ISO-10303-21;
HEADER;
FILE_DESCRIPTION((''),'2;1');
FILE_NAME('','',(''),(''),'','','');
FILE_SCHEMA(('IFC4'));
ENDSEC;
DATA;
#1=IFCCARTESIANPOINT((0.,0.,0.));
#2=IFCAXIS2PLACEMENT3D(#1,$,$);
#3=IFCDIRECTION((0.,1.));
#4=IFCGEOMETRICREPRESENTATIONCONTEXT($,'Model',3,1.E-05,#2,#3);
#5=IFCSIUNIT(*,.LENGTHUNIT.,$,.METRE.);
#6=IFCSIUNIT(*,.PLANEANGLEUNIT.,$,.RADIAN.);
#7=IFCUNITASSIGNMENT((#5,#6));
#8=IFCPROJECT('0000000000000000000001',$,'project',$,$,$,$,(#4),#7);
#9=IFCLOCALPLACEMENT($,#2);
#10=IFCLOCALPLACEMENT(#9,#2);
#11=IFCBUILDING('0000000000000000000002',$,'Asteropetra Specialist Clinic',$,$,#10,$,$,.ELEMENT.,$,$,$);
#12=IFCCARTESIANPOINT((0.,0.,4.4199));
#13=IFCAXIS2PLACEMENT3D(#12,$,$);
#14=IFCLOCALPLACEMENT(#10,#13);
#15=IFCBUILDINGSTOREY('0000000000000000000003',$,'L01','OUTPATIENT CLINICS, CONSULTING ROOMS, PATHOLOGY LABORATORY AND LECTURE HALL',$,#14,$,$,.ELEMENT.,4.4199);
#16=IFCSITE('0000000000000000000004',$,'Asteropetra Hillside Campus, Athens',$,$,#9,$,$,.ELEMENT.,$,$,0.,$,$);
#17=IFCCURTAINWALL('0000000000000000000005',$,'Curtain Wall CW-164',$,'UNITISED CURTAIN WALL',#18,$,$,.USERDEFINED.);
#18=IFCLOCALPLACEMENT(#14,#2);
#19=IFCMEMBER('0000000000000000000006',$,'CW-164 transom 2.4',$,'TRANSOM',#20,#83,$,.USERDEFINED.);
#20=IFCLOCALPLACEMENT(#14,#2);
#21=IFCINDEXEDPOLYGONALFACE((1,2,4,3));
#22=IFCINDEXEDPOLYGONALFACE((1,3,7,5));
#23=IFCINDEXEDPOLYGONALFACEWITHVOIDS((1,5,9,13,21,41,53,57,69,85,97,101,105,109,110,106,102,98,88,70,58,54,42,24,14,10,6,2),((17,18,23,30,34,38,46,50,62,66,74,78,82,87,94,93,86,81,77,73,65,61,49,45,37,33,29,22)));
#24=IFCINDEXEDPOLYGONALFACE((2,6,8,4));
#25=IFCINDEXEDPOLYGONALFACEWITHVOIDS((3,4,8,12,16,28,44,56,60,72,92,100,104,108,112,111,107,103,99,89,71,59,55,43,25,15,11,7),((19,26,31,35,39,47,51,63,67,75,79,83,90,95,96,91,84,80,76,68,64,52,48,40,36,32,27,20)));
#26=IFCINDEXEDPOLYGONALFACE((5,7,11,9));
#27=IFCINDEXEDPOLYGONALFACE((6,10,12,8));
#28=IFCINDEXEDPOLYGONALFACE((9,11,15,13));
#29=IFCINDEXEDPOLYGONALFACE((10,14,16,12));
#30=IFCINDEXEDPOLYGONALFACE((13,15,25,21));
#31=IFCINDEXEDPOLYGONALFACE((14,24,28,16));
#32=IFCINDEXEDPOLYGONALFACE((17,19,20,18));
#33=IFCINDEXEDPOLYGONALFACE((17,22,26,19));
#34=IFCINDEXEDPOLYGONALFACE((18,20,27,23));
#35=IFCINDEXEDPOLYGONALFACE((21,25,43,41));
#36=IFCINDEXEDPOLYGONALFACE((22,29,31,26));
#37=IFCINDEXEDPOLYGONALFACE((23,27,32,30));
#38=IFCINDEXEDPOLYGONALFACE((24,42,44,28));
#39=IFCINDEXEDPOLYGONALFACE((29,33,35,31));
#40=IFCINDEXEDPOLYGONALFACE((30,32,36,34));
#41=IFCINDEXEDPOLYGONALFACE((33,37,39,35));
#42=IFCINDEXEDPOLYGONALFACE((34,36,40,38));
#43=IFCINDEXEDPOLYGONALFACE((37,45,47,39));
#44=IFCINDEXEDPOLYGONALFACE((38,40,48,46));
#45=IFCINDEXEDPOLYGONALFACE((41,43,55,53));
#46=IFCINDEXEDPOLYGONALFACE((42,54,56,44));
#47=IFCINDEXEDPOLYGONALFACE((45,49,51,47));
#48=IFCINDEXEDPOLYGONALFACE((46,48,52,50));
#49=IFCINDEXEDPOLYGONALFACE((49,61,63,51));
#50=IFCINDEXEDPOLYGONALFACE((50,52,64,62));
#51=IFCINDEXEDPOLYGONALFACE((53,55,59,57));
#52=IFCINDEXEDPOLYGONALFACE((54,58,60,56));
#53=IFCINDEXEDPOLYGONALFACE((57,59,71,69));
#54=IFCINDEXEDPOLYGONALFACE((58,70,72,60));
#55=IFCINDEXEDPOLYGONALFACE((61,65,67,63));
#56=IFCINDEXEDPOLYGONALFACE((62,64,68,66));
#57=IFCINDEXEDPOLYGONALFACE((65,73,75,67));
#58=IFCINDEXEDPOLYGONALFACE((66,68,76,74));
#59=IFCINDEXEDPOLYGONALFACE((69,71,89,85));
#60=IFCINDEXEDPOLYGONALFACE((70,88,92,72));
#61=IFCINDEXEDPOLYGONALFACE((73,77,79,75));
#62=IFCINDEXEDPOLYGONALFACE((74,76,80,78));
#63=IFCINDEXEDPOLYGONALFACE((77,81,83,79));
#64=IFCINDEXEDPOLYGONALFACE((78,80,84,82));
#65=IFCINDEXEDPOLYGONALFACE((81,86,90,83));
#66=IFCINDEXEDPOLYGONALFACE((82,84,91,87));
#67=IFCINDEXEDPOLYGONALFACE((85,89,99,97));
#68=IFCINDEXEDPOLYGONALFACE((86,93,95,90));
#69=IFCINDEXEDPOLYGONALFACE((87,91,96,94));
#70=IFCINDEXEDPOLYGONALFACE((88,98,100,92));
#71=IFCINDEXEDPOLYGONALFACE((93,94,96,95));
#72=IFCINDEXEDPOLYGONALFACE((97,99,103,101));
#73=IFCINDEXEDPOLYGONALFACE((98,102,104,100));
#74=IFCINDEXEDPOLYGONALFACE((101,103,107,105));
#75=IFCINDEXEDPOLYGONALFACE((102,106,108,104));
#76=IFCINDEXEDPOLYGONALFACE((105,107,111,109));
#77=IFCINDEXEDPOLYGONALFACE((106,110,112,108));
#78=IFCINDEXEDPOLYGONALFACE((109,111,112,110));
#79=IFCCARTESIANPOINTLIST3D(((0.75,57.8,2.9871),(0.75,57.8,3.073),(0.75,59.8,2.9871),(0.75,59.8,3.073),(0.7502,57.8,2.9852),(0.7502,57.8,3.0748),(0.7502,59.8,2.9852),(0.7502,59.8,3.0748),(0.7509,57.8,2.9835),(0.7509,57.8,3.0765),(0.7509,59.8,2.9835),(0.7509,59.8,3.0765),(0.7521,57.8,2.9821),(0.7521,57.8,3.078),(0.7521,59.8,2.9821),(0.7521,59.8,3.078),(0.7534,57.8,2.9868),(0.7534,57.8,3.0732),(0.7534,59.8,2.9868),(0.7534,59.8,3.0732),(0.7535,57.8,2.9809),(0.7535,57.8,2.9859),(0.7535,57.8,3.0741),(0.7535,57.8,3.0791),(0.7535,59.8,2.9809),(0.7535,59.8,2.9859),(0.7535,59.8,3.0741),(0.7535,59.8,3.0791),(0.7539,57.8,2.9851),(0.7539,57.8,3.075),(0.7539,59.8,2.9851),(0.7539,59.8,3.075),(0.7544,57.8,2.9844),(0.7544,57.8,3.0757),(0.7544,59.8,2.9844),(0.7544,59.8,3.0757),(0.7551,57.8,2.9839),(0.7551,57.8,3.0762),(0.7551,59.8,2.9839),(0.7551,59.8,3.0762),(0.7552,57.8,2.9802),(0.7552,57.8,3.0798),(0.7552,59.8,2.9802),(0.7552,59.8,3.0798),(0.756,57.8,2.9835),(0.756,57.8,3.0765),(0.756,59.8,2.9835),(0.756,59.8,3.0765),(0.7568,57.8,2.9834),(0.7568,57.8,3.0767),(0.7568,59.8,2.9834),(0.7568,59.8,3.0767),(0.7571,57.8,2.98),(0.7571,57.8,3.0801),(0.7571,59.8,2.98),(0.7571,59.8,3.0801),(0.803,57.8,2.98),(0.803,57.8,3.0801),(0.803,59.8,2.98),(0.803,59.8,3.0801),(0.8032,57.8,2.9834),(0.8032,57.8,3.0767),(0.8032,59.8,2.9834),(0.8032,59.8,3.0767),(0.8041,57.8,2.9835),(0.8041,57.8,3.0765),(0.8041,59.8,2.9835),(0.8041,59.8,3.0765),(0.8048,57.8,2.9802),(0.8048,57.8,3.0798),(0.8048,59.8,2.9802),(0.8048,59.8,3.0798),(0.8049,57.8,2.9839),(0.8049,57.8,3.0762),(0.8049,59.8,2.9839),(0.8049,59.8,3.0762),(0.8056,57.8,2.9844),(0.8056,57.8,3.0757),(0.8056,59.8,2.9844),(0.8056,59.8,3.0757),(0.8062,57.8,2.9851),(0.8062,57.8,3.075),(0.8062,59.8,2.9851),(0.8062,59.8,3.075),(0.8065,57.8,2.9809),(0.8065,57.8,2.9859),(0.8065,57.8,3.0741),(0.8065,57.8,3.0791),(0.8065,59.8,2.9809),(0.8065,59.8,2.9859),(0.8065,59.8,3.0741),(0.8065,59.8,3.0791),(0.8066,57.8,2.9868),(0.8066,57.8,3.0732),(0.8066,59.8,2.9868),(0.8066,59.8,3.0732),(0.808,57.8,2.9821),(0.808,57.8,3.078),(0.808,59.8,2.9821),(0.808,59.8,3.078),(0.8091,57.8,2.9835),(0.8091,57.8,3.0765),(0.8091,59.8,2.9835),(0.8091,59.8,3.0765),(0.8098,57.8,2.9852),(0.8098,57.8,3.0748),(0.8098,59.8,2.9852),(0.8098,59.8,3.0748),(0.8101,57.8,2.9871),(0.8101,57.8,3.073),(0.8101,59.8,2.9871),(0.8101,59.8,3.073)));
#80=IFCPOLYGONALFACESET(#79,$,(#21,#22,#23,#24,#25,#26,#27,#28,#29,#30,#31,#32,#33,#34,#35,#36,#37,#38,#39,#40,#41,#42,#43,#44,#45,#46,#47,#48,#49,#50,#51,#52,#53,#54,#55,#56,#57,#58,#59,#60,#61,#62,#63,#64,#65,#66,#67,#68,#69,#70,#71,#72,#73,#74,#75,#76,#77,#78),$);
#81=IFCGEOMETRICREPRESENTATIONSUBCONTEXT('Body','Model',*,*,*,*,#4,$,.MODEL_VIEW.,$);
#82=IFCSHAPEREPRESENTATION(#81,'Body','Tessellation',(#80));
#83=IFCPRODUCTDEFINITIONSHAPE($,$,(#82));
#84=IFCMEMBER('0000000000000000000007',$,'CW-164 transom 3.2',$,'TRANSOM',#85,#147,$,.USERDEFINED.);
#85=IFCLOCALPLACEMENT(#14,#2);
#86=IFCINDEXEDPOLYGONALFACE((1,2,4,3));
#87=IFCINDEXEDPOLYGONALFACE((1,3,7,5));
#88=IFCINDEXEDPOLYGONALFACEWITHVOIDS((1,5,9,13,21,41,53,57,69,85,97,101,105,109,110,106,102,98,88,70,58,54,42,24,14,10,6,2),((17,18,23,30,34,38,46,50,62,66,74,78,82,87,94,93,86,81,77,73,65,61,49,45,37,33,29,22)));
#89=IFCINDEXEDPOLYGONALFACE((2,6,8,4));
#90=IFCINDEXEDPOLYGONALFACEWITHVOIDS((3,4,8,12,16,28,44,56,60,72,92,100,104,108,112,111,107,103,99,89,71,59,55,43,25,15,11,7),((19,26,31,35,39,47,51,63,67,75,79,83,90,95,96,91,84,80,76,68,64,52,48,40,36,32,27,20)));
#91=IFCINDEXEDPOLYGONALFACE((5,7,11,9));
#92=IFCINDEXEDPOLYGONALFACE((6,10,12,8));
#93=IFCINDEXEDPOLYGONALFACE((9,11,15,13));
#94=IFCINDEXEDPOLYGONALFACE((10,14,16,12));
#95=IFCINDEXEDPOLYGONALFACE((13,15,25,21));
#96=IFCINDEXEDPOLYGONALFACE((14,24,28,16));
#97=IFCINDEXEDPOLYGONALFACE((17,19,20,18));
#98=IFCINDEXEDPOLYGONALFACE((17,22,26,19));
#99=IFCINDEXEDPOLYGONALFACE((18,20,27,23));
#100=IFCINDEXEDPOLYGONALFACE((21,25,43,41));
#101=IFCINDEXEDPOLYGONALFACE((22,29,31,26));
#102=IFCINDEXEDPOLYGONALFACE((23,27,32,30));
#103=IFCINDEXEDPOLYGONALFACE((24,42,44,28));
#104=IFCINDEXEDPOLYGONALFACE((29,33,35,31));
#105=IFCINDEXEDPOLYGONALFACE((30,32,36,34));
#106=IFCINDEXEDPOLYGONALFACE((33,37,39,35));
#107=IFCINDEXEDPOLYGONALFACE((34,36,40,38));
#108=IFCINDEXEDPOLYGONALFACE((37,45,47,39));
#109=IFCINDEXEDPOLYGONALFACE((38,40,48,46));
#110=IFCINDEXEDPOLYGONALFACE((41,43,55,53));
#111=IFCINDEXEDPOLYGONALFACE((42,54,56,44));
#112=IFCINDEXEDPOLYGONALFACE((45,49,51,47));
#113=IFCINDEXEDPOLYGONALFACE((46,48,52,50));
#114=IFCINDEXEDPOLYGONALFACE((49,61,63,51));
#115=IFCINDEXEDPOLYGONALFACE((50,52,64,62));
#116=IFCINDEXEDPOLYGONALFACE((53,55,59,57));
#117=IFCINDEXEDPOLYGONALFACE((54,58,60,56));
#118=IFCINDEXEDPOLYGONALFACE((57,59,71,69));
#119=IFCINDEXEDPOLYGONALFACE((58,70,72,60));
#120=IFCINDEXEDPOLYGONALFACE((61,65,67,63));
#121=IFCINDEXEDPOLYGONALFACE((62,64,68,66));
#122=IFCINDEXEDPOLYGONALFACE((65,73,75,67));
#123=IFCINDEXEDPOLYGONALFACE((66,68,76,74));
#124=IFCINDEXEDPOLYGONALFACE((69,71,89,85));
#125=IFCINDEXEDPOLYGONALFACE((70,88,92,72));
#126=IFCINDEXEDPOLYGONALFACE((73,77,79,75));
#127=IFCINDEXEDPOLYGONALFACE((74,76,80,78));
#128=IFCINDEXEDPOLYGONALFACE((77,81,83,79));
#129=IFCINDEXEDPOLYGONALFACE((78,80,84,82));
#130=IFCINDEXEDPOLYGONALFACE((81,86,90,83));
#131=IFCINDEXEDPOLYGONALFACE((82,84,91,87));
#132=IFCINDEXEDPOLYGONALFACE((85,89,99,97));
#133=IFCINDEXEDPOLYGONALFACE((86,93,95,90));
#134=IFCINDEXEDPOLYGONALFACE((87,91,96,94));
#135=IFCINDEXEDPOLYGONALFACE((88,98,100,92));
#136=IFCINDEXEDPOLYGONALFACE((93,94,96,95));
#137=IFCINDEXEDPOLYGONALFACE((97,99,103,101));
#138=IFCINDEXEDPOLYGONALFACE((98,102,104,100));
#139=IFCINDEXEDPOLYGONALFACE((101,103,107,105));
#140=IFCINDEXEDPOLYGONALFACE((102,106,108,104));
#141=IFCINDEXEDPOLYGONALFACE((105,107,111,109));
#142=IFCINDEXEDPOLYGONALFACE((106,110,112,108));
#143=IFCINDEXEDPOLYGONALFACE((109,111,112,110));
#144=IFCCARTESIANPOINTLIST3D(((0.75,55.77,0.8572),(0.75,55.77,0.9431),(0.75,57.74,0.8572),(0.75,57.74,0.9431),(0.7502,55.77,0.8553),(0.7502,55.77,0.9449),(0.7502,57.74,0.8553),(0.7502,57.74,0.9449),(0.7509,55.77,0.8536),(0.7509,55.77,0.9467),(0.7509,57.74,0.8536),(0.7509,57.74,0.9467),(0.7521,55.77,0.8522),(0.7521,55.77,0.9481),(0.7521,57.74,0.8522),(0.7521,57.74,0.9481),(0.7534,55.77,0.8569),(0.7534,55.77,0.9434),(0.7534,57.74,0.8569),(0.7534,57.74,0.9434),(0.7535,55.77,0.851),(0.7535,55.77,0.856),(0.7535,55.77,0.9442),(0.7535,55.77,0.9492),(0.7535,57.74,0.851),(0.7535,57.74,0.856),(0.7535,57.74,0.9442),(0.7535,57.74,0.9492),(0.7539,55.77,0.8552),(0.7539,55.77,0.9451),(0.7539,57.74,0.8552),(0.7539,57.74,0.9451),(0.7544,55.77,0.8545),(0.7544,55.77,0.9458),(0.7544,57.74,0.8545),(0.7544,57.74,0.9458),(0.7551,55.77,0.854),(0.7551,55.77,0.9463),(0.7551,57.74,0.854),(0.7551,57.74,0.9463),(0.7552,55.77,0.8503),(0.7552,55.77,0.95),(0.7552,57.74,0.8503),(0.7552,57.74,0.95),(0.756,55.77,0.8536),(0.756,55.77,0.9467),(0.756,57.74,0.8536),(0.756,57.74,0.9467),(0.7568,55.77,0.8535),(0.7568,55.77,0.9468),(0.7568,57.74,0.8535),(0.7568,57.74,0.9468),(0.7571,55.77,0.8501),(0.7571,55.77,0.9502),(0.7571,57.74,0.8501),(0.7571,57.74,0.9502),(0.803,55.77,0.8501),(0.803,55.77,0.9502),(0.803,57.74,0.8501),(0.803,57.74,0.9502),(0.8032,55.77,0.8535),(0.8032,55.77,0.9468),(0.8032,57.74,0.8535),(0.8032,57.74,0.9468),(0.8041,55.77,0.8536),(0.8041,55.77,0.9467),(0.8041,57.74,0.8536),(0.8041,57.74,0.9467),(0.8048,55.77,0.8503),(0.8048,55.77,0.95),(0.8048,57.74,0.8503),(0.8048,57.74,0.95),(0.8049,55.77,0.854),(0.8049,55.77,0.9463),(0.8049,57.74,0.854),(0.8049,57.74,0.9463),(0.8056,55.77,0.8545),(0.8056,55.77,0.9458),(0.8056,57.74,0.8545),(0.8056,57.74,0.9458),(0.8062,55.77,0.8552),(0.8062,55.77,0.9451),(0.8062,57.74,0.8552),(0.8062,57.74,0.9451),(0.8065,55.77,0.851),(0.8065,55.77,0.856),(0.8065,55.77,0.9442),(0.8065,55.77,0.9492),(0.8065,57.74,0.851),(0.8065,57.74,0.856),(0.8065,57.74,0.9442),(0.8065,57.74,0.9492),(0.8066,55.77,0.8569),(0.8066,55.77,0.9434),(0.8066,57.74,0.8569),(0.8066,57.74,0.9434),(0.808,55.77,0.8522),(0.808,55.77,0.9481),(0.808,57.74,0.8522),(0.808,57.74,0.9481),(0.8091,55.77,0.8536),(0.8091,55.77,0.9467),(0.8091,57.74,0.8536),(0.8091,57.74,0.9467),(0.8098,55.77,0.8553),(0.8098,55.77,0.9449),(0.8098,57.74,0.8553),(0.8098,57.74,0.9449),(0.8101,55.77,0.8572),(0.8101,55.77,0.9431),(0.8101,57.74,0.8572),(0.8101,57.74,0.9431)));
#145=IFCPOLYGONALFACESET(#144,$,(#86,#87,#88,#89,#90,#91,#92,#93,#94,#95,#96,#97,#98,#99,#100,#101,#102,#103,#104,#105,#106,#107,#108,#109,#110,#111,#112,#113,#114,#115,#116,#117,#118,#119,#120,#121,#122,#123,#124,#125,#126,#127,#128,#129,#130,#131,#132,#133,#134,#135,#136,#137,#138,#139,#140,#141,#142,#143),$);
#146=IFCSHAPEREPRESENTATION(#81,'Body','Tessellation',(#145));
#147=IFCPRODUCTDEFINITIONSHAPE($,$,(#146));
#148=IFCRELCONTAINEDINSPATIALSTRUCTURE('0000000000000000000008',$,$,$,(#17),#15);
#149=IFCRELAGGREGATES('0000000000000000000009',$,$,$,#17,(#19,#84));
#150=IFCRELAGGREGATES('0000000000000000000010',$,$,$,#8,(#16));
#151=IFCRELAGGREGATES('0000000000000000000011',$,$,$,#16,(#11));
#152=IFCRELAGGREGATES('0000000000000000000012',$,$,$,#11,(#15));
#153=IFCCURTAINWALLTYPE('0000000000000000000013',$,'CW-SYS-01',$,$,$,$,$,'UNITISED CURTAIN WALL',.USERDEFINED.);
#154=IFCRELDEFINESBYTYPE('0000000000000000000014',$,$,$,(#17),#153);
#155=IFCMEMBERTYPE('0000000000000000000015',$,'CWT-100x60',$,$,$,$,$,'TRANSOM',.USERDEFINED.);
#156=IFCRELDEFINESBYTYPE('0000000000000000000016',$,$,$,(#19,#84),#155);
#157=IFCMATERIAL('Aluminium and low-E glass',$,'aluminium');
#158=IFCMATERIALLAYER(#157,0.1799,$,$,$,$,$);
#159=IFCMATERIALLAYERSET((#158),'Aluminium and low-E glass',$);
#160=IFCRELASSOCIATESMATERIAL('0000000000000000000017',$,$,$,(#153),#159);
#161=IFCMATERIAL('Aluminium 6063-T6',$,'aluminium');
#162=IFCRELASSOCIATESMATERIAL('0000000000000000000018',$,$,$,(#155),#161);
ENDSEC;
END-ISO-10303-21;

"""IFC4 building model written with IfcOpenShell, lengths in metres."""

from ifc_helpers import new_model, si_unit, direction, frame, origin, origin_2d, place, context, subcontext, project, spatial, hollow_rectangle, extrude, material, layer, layer_set, material_profile, profile_set, type_object, element, aggregate, save


model = new_model("IFC4")

# Units and contexts
model_context = context("Model", 3, precision=1e-05, world=origin(), true_north=direction((0.0, 1.0)))
body_context = subcontext(model_context, "Body", "Model", "MODEL_VIEW")
ifc_project = project(units=[si_unit("LENGTHUNIT", "METRE"), si_unit("PLANEANGLEUNIT", "RADIAN")], contexts=[model_context])

# Site, building, storey
site_placement = place(None, origin())
site = spatial("IfcSite", under=ifc_project, at=site_placement, Name="Asteropetra Hillside Campus, Athens", CompositionType="ELEMENT", RefElevation=0.0)
building_placement = place(site_placement, origin())
building = spatial("IfcBuilding", under=site, at=building_placement, Name="Asteropetra Specialist Clinic", CompositionType="ELEMENT")
storey_placement = place(building_placement, frame((0.0, 0.0, 4.4199)))
storey = spatial("IfcBuildingStorey", under=building, at=storey_placement, Name="L01", Description="OUTPATIENT CLINICS, CONSULTING ROOMS, PATHOLOGY LABORATORY AND LECTURE HALL", CompositionType="ELEMENT", Elevation=4.4199)

# Curtain wall
ifc_material_1 = material(Name="Aluminium and low-E glass", Category="aluminium")
ifc_layer_1 = layer(ifc_material_1, 0.1799)
ifc_layer_set_1 = layer_set([ifc_layer_1], Name="Aluminium and low-E glass")
curtain_wall_type_1 = type_object("IfcCurtainWallType", Name="CW-SYS-01", ElementType="UNITISED CURTAIN WALL", PredefinedType="USERDEFINED", material=ifc_layer_set_1)
curtain_wall_1_placement = place(storey_placement, origin())
curtain_wall_1 = element("IfcCurtainWall", 1, at=curtain_wall_1_placement, inside=storey, type_object=curtain_wall_type_1, Name="Curtain Wall CW-164", ObjectType="UNITISED CURTAIN WALL", PredefinedType="USERDEFINED")

# Members
ifc_material_2 = material(Name="Aluminium 6063-T6", Category="aluminium")
ifc_material_profile_1 = material_profile(ifc_material_2, hollow_rectangle(XDim=0.0601, YDim=0.1001, WallThickness=0.0034, InnerFilletRadius=0.0034, OuterFilletRadius=0.0071, at=origin_2d()), Name="TRN 100x60x3.5")
ifc_profile_set_1 = profile_set([ifc_material_profile_1], Name="Aluminium 6063-T6")
member_type_1 = type_object("IfcMemberType", Name="CWT-100x60", ElementType="TRANSOM", PredefinedType="USERDEFINED", material=ifc_profile_set_1)
member_1_placement = place(storey_placement, frame((0.78, 59.8, 3.03), z_axis=(0.0, -1.0, 0.0), x_axis=(1.0, 0.0, 0.0)))
member_1 = element("IfcMember", 2, at=member_1_placement, type_object=member_type_1, Name="CW-164 transom 2.4", ObjectType="TRANSOM", PredefinedType="USERDEFINED", context=body_context, shape_type="SweptSolid", body=[
    extrude(hollow_rectangle(XDim=0.0601, YDim=0.1001, WallThickness=0.0034, InnerFilletRadius=0.0034, OuterFilletRadius=0.0071, at=origin_2d()), origin(), (0.0, 0.0, 1.0), 2.0),
])
member_2_placement = place(storey_placement, frame((0.78, 57.74, 0.9001), z_axis=(0.0, -1.0, 0.0), x_axis=(1.0, 0.0, 0.0)))
member_2 = element("IfcMember", 3, at=member_2_placement, type_object=member_type_1, Name="CW-164 transom 3.2", ObjectType="TRANSOM", PredefinedType="USERDEFINED", context=body_context, shape_type="SweptSolid", body=[
    extrude(hollow_rectangle(XDim=0.0601, YDim=0.1001, WallThickness=0.0034, InnerFilletRadius=0.0034, OuterFilletRadius=0.0071, at=origin_2d()), origin(), (0.0, 0.0, 1.0), 1.97),
])

aggregate(curtain_wall_1, [member_1, member_2])

save(model, "model.ifc")
